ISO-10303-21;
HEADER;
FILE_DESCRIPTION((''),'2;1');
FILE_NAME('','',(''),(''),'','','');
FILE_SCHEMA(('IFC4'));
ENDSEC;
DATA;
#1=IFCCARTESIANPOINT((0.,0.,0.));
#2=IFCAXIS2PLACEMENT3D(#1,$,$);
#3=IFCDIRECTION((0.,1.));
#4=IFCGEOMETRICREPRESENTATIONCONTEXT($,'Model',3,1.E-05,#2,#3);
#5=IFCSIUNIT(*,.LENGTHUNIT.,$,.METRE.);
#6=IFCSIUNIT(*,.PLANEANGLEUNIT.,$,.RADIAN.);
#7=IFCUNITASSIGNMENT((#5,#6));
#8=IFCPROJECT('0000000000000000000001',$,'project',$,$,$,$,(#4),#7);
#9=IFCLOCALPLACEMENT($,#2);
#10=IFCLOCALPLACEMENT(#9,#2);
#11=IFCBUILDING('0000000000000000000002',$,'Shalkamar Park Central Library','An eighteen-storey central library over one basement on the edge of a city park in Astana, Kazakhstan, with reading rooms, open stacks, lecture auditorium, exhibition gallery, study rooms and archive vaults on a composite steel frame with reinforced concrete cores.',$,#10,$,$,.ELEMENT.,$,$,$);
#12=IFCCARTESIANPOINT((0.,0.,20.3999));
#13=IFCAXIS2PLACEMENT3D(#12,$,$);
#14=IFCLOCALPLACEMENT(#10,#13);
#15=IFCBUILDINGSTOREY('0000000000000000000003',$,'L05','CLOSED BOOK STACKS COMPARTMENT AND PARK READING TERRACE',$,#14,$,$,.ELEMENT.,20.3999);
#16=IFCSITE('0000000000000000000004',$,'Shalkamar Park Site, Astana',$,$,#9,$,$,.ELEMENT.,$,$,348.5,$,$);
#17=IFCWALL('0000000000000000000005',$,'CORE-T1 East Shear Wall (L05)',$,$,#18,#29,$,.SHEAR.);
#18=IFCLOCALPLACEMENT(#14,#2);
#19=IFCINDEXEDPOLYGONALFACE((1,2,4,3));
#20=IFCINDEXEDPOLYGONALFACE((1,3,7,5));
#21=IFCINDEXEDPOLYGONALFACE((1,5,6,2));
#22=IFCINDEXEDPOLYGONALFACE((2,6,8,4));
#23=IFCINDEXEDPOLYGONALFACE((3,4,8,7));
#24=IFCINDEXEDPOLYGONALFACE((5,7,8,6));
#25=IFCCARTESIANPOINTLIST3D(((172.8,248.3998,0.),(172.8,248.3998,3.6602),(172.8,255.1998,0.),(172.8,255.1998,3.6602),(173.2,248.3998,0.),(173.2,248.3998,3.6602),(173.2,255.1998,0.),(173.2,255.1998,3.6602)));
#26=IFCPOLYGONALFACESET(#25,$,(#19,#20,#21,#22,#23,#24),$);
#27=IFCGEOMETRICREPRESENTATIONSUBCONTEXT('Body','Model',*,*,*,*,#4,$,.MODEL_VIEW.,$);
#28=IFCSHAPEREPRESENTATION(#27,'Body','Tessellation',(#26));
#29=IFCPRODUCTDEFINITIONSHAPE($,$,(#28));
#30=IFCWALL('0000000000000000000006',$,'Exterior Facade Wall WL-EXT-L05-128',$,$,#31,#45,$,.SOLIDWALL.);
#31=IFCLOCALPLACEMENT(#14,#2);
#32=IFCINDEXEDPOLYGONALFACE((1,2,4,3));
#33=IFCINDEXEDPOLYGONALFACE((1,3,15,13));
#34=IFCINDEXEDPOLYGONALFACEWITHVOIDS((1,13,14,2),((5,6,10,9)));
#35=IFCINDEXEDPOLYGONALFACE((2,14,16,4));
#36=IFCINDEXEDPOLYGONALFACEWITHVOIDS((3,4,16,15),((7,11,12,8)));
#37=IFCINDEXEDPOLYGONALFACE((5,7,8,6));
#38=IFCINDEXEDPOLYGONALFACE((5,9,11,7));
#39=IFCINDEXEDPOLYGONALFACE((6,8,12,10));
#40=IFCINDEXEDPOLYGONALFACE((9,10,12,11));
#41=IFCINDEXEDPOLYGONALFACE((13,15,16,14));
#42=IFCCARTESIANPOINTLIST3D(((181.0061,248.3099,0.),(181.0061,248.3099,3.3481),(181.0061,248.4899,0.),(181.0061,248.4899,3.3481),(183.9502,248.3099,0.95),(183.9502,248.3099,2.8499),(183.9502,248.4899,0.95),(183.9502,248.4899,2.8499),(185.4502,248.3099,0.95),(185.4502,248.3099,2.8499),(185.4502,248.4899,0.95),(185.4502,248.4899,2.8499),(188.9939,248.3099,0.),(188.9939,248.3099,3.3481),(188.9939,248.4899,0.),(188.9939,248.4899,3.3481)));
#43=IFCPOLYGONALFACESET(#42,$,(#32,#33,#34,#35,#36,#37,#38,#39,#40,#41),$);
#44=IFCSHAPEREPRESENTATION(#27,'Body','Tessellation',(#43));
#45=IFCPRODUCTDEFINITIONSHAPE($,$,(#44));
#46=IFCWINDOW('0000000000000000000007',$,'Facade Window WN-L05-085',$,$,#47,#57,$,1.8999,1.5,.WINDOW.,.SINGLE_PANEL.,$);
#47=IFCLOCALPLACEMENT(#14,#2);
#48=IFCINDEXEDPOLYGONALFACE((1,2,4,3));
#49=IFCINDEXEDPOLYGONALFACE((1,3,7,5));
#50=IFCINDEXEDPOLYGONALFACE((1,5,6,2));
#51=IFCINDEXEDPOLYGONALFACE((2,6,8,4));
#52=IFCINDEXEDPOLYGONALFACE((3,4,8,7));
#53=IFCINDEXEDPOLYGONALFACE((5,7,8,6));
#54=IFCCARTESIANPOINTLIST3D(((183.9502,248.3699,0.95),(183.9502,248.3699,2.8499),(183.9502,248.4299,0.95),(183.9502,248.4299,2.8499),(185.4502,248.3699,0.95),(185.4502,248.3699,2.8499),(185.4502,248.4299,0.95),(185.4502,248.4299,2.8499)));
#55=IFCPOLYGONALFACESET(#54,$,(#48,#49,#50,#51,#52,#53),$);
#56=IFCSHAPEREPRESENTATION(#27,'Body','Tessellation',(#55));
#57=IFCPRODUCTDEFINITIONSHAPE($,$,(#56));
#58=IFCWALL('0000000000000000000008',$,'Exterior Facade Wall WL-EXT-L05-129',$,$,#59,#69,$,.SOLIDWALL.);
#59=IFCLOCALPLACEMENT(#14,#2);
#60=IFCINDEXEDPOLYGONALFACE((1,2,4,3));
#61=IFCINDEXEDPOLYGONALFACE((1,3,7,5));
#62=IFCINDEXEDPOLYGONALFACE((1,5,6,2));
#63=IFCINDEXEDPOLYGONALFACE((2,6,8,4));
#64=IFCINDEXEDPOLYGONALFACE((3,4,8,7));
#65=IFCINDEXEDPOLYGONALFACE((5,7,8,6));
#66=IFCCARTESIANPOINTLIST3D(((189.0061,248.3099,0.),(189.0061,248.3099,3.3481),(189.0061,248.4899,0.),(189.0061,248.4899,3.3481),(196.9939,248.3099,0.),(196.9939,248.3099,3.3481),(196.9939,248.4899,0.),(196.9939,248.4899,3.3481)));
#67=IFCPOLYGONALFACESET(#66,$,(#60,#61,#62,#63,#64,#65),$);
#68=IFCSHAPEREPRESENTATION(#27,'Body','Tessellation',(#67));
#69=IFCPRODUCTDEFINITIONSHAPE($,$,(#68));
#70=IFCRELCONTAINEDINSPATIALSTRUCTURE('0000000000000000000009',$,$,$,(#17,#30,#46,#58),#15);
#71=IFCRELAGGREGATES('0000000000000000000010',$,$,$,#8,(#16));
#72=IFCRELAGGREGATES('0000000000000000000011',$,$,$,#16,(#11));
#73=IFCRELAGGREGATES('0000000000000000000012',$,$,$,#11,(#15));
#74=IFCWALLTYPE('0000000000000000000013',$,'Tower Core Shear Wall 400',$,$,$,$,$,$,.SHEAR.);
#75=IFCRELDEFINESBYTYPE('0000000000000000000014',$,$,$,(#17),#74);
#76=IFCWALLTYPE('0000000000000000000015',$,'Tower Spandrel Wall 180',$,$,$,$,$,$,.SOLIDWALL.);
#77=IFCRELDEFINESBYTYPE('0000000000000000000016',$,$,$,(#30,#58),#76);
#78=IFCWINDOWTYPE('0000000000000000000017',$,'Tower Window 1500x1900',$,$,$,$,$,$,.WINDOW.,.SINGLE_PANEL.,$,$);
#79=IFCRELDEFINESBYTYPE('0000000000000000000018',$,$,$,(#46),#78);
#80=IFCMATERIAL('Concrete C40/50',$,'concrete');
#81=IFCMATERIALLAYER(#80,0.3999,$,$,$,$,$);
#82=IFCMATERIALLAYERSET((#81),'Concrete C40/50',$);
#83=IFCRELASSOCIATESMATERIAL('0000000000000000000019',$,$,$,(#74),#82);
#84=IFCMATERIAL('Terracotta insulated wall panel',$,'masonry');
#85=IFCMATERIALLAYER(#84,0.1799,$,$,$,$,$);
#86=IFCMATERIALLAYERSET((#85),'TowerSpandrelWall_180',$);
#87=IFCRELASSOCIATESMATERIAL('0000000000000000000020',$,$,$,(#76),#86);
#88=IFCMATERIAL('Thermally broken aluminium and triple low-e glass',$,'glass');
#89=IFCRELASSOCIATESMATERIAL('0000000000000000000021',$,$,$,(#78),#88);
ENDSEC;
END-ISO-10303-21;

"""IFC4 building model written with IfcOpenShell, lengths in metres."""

from ifc_helpers import new_model, si_unit, direction, frame, frame_2d, origin, place, context, subcontext, project, spatial, rectangle, extrude, material, layer, layer_set, type_object, element, fill, save


model = new_model("IFC4")

# Units and contexts
model_context = context("Model", 3, precision=1e-05, world=origin(), true_north=direction((0.0, 1.0)))
body_context = subcontext(model_context, "Body", "Model", "MODEL_VIEW")
ifc_project = project(units=[si_unit("LENGTHUNIT", "METRE"), si_unit("PLANEANGLEUNIT", "RADIAN")], contexts=[model_context])

# Site, building, storey
site_placement = place(None, origin())
site = spatial("IfcSite", under=ifc_project, at=site_placement, Name="Shalkamar Park Site, Astana", CompositionType="ELEMENT", RefElevation=348.5)
building_placement = place(site_placement, origin())
building = spatial("IfcBuilding", under=site, at=building_placement, Name="Shalkamar Park Central Library", Description="An eighteen-storey central library over one basement on the edge of a city park in Astana, Kazakhstan, with reading rooms, open stacks, lecture auditorium, exhibition gallery, study rooms and archive vaults on a composite steel frame with reinforced concrete cores.", CompositionType="ELEMENT")
storey_placement = place(building_placement, frame((0.0, 0.0, 20.3999)))
storey = spatial("IfcBuildingStorey", under=building, at=storey_placement, Name="L05", Description="CLOSED BOOK STACKS COMPARTMENT AND PARK READING TERRACE", CompositionType="ELEMENT", Elevation=20.3999)

# Wall
ifc_material_1 = material(Name="Concrete C40/50", Category="concrete")
ifc_layer_1 = layer(ifc_material_1, 0.3999)
ifc_layer_set_1 = layer_set([ifc_layer_1], Name="Concrete C40/50")
wall_type_1 = type_object("IfcWallType", Name="Tower Core Shear Wall 400", PredefinedType="SHEAR", material=ifc_layer_set_1)
for number, where, z_axis, x_axis, name in (
    (1, (173.0, 248.3999, 0.0), (0.0, 0.0, 1.0), (0.0, 1.0, 0.0), "CORE-T1 East Shear Wall (L05)"),
):
    element("IfcWall", number, at=place(storey_placement, frame(where, z_axis=z_axis, x_axis=x_axis)), inside=storey, type_object=wall_type_1, Name=name, PredefinedType="SHEAR", context=body_context, shape_type="SweptSolid", body=[
        extrude(rectangle(XDim=6.8, YDim=0.3999, at=frame_2d((3.3999, 0.0))), origin(), (0.0, 0.0, 1.0), 3.6602),
    ])

# Wall, opening, window
ifc_material_2 = material(Name="Terracotta insulated wall panel", Category="masonry")
ifc_layer_2 = layer(ifc_material_2, 0.1799)
ifc_layer_set_2 = layer_set([ifc_layer_2], Name="TowerSpandrelWall_180")
wall_type_2 = type_object("IfcWallType", Name="Tower Spandrel Wall 180", PredefinedType="SOLIDWALL", material=ifc_layer_set_2)
wall_1_placement = place(storey_placement, frame((181.0061, 248.3999, 0.0), z_axis=(0.0, 0.0, 1.0), x_axis=(1.0, 0.0, 0.0)))
wall_1 = element("IfcWall", 2, at=wall_1_placement, inside=storey, type_object=wall_type_2, Name="Exterior Facade Wall WL-EXT-L05-128", PredefinedType="SOLIDWALL", context=body_context, shape_type="SweptSolid", body=[
    extrude(rectangle(XDim=7.9878, YDim=0.1799, at=frame_2d((3.9939, 0.0))), origin(), (0.0, 0.0, 1.0), 3.3481),
])
opening_placement = place(wall_1_placement, frame((2.9441, 0.0, 0.95)))
opening = element("IfcOpeningElement", 3, at=opening_placement, cuts=wall_1, PredefinedType="OPENING", context=body_context, shape_type="SweptSolid", body=[
    extrude(rectangle(XDim=1.5, YDim=1.8999, at=frame_2d((0.75, 0.95))), frame((0.0, 0.105, 0.0), z_axis=(0.0, -1.0, 0.0), x_axis=(1.0, 0.0, 0.0)), (0.0, 0.0, 1.0), 0.2097),
])
ifc_material_3 = material(Name="Thermally broken aluminium and triple low-e glass", Category="glass")
window_type = type_object("IfcWindowType", Name="Tower Window 1500x1900", PartitioningType="SINGLE_PANEL", PredefinedType="WINDOW", material=ifc_material_3)
window_placement = place(opening_placement, origin())
window = element("IfcWindow", 4, at=window_placement, inside=storey, type_object=window_type, Name="Facade Window WN-L05-085", OverallHeight=1.8999, OverallWidth=1.5, PartitioningType="SINGLE_PANEL", PredefinedType="WINDOW", context=body_context, shape_type="SweptSolid", body=[
    extrude(rectangle(XDim=1.5, YDim=1.8999, at=frame_2d((0.75, 0.95))), frame((0.0, 0.03, 0.0), z_axis=(0.0, -1.0, 0.0), x_axis=(1.0, 0.0, 0.0)), (0.0, 0.0, 1.0), 0.0601),
])
fill(opening, window)

# Wall
wall_2_placement = place(storey_placement, frame((189.0061, 248.3999, 0.0), z_axis=(0.0, 0.0, 1.0), x_axis=(1.0, 0.0, 0.0)))
element("IfcWall", 5, at=wall_2_placement, inside=storey, type_object=wall_type_2, Name="Exterior Facade Wall WL-EXT-L05-129", PredefinedType="SOLIDWALL", context=body_context, shape_type="SweptSolid", body=[
    extrude(rectangle(XDim=7.9878, YDim=0.1799, at=frame_2d((3.9939, 0.0))), origin(), (0.0, 0.0, 1.0), 3.3481),
])

save(model, "model.ifc")
